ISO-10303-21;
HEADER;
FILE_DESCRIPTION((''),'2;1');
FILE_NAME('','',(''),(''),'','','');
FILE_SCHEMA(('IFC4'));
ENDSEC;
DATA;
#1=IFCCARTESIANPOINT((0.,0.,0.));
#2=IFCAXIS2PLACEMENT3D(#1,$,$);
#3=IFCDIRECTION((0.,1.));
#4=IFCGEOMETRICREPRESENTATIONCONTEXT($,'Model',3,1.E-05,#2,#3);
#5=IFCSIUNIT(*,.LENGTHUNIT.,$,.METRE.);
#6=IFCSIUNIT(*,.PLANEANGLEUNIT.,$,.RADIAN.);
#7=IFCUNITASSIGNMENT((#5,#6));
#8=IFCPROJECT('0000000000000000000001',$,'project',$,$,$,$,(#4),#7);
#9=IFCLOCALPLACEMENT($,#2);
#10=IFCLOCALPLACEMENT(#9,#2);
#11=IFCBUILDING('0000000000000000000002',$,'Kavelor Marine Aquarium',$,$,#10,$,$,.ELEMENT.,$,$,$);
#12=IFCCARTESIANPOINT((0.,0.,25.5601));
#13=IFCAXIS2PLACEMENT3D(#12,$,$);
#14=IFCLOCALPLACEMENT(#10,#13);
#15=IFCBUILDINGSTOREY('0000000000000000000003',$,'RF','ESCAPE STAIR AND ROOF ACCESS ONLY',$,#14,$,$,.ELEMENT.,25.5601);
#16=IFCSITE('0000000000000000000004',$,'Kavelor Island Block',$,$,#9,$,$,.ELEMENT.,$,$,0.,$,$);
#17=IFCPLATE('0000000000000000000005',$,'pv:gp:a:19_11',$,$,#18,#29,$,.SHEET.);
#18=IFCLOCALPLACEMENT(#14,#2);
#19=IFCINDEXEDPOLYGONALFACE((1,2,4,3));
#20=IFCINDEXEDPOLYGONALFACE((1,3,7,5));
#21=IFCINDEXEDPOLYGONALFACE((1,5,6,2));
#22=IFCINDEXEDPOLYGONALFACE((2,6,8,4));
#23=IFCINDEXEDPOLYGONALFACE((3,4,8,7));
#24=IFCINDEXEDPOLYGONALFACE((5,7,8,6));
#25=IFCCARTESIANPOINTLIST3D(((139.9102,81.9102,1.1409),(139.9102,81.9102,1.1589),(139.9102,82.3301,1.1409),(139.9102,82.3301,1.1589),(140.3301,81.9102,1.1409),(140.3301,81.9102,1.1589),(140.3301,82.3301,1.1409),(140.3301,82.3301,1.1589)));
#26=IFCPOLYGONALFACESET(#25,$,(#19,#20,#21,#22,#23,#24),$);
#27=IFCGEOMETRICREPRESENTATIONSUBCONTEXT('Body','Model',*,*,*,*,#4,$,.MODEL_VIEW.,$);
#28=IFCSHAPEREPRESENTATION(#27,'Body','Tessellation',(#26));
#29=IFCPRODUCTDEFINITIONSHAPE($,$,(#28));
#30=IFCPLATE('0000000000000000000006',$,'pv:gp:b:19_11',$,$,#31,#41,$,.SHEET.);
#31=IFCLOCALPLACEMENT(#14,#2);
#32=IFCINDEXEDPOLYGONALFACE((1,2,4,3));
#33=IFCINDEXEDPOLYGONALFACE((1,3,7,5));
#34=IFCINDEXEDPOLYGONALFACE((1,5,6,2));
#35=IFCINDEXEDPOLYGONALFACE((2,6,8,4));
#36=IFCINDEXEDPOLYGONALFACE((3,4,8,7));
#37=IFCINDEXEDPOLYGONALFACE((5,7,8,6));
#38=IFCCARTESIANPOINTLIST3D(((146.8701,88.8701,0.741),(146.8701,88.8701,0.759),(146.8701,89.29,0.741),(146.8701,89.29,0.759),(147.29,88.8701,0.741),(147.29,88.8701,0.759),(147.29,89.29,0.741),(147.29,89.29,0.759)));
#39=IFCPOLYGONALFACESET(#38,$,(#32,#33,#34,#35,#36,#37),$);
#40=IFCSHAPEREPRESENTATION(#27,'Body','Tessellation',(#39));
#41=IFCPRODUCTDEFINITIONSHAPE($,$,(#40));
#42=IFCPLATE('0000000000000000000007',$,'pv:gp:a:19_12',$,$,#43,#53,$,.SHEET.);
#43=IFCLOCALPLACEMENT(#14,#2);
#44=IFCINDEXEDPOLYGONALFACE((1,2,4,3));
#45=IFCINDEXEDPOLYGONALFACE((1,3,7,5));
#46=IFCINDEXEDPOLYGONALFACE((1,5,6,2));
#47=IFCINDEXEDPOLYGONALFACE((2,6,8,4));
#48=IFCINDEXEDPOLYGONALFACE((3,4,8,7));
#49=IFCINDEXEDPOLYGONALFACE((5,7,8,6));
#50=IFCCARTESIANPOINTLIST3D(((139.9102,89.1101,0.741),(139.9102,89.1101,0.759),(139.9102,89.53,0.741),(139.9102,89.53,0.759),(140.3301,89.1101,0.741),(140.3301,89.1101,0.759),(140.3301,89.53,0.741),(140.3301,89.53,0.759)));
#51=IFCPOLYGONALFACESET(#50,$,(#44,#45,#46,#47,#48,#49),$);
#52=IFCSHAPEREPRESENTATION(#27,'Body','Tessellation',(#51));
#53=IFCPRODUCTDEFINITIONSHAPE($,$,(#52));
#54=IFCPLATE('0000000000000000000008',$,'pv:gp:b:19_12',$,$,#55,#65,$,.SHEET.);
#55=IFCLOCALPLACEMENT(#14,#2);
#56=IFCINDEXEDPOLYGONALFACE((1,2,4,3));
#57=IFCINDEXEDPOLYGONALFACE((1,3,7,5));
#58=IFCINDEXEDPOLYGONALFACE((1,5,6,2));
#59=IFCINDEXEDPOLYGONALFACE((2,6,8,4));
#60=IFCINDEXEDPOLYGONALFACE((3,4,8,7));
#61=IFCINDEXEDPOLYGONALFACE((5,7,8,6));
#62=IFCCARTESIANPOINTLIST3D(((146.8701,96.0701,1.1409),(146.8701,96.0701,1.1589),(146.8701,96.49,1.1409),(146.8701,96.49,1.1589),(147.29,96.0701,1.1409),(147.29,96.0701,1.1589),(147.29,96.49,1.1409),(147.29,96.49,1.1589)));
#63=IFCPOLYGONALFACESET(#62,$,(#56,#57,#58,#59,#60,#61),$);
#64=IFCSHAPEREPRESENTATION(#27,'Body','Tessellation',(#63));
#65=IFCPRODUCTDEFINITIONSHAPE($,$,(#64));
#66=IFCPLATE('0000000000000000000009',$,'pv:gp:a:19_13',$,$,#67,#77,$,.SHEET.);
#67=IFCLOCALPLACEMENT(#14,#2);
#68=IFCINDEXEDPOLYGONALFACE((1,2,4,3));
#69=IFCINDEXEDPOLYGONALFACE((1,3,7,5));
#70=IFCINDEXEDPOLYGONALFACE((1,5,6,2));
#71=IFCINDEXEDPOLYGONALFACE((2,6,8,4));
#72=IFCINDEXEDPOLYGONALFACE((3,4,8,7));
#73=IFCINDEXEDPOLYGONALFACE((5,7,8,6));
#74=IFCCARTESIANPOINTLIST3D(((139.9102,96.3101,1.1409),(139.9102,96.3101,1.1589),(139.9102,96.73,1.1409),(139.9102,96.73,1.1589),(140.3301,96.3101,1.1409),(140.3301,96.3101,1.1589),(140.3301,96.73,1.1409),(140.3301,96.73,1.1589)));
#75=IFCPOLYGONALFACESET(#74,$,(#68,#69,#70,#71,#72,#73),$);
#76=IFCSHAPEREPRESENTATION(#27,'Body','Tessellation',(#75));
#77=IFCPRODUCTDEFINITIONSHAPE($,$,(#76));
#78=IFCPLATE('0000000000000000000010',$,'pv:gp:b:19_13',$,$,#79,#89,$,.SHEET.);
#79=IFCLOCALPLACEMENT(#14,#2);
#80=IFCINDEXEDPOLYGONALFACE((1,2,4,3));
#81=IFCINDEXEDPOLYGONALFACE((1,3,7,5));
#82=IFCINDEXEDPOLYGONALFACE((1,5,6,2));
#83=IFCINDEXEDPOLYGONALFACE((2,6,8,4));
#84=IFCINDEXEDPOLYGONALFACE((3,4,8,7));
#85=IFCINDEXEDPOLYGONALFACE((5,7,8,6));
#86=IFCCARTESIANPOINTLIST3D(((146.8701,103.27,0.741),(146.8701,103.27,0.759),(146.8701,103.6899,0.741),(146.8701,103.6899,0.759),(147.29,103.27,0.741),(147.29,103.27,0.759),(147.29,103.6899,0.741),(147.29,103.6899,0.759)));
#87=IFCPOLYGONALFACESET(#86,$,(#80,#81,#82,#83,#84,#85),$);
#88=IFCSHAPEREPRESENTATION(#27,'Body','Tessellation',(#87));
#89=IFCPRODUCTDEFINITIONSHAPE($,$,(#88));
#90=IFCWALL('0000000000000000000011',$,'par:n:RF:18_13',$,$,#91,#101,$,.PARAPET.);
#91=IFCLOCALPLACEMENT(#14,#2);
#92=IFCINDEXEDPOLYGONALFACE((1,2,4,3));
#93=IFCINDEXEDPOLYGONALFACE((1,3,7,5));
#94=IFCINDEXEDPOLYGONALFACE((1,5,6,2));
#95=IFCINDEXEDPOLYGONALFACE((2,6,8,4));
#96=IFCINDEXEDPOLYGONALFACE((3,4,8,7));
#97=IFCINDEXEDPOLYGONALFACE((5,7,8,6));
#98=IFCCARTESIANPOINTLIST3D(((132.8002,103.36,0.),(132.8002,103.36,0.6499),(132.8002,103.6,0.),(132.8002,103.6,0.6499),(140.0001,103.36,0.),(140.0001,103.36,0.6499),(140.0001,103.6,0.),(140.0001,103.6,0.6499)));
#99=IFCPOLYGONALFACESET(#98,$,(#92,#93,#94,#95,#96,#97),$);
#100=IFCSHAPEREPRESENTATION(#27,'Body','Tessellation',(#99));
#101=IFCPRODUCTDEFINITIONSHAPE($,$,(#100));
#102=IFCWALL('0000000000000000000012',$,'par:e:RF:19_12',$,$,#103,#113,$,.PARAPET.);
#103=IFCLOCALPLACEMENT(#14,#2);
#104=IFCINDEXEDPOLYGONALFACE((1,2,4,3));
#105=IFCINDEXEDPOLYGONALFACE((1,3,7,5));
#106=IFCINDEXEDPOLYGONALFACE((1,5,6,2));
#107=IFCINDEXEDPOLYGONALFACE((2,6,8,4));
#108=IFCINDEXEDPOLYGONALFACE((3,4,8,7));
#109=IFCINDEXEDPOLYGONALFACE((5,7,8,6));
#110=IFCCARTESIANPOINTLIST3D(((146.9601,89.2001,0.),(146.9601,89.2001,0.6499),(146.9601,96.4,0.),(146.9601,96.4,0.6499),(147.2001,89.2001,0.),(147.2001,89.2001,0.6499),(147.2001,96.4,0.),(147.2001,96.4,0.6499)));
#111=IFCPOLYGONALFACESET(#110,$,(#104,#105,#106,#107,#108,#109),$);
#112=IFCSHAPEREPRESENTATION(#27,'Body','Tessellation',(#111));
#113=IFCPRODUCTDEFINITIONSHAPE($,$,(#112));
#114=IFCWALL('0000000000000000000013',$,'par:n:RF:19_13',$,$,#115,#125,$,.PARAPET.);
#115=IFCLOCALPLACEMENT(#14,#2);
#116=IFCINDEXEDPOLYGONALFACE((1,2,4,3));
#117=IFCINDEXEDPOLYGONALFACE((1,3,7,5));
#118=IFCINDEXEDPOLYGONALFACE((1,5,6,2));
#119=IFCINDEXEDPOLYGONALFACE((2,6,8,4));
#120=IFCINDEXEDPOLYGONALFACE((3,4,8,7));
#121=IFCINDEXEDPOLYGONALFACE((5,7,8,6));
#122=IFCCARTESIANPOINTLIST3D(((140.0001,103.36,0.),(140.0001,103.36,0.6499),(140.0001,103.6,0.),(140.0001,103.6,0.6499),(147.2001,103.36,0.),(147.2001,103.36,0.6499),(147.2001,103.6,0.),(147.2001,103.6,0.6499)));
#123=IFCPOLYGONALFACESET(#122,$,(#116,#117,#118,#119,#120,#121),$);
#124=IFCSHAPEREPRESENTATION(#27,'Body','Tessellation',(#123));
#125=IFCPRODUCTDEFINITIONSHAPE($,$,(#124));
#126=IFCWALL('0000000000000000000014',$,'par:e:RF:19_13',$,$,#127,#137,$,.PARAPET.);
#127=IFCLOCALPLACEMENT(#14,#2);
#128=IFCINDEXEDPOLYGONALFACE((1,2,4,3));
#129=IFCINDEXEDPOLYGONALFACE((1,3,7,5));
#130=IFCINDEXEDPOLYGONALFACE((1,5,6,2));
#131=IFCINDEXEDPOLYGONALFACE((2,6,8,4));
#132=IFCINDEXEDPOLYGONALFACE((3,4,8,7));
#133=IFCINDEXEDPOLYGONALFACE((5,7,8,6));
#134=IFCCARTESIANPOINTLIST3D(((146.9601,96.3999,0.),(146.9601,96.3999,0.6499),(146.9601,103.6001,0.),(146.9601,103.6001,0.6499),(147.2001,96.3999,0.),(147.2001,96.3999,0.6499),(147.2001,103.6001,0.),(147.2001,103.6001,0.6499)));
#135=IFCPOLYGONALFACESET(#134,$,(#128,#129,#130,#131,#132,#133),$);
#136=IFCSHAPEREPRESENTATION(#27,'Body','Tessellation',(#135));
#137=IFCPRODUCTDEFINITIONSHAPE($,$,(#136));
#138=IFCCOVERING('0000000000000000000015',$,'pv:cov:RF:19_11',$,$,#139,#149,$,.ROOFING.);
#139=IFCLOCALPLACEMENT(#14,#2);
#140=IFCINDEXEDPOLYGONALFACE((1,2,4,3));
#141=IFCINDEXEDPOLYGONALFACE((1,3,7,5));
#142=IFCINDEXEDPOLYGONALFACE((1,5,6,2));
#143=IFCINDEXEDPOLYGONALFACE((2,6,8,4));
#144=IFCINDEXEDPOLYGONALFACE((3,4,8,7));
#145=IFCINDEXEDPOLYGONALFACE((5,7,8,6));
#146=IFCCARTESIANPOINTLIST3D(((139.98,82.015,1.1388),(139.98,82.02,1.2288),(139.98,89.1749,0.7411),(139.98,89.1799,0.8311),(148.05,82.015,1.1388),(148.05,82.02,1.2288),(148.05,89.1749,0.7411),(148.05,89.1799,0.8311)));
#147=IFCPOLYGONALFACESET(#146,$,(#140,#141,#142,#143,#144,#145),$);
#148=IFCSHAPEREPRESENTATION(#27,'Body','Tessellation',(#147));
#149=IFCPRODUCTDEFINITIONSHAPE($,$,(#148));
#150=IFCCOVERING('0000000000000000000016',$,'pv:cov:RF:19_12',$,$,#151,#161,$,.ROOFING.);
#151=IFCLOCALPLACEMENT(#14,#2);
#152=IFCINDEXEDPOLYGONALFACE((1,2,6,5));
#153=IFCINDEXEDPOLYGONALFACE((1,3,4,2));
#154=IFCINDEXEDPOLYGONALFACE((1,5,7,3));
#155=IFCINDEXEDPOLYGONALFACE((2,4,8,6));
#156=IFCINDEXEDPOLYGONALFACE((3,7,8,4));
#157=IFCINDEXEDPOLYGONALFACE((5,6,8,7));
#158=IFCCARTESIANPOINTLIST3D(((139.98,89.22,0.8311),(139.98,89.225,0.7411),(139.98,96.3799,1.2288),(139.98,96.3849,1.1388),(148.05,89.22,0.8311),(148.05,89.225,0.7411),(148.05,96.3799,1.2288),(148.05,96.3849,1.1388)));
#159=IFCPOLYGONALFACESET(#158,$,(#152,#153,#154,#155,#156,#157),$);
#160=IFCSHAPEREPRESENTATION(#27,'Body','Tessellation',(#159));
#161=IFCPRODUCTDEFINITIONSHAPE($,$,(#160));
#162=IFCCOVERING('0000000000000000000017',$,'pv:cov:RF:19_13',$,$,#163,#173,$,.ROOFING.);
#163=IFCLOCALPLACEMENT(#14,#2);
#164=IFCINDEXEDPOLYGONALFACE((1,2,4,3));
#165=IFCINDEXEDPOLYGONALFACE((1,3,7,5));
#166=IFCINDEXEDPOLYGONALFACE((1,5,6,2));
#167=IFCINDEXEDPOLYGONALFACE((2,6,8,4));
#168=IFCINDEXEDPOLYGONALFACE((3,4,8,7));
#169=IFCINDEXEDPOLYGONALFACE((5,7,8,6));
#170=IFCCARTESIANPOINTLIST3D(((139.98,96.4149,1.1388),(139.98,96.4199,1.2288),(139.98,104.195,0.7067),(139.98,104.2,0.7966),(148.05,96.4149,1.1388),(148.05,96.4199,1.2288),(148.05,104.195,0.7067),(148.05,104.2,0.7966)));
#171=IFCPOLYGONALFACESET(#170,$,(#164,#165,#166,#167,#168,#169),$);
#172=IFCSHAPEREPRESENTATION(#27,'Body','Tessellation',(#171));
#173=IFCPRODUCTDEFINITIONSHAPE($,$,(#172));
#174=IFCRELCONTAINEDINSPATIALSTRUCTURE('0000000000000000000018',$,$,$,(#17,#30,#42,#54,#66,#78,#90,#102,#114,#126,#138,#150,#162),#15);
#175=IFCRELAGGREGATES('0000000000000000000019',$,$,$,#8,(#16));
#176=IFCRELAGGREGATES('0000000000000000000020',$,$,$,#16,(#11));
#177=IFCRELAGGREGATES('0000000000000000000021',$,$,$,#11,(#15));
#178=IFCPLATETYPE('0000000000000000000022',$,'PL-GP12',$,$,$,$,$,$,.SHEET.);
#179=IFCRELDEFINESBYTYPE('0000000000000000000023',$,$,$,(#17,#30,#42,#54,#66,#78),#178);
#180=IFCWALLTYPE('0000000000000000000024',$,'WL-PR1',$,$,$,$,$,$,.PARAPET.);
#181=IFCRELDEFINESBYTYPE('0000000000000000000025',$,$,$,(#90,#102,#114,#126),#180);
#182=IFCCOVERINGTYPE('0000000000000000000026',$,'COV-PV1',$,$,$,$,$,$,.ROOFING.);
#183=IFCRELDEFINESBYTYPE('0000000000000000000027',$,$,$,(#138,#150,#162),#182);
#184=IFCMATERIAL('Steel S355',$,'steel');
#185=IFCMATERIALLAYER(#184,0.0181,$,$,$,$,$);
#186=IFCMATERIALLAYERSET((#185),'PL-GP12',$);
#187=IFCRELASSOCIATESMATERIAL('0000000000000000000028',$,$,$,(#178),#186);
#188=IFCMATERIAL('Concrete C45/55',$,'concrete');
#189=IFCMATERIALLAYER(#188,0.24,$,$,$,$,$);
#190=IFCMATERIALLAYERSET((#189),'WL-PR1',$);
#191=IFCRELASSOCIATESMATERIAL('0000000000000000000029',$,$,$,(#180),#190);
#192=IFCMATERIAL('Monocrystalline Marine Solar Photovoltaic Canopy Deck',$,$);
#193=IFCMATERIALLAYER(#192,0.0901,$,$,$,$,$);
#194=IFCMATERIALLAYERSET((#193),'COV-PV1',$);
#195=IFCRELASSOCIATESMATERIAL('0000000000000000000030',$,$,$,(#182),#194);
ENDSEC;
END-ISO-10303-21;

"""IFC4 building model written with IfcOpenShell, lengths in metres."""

from ifc_helpers import new_model, si_unit, direction, frame, frame_2d, origin, origin_2d, place, context, subcontext, project, spatial, polyline, rectangle, outline, extrude, material, layer, layer_set, type_object, element, save


model = new_model("IFC4")

# Units and contexts
model_context = context("Model", 3, precision=1e-05, world=origin(), true_north=direction((0.0, 1.0)))
body_context = subcontext(model_context, "Body", "Model", "MODEL_VIEW")
ifc_project = project(units=[si_unit("LENGTHUNIT", "METRE"), si_unit("PLANEANGLEUNIT", "RADIAN")], contexts=[model_context])

# Site, building, storey
site_placement = place(None, origin())
site = spatial("IfcSite", under=ifc_project, at=site_placement, Name="Kavelor Island Block", CompositionType="ELEMENT", RefElevation=0.0)
building_placement = place(site_placement, origin())
building = spatial("IfcBuilding", under=site, at=building_placement, Name="Kavelor Marine Aquarium", CompositionType="ELEMENT")
storey_placement = place(building_placement, frame((0.0, 0.0, 25.5601)))
storey = spatial("IfcBuildingStorey", under=building, at=storey_placement, Name="RF", Description="ESCAPE STAIR AND ROOF ACCESS ONLY", CompositionType="ELEMENT", Elevation=25.5601)

# Plates
ifc_material_1 = material(Name="Steel S355", Category="steel")
ifc_layer_1 = layer(ifc_material_1, 0.0181)
ifc_layer_set_1 = layer_set([ifc_layer_1], Name="PL-GP12")
plate_type = type_object("IfcPlateType", Name="PL-GP12", PredefinedType="SHEET", material=ifc_layer_set_1)
for number, where, z_axis, x_axis, name in (
    (1, (140.1201, 82.1201, 1.1409), (0.0, 0.0, 1.0), (1.0, 0.0, 0.0), "pv:gp:a:19_11"),
    (2, (147.0801, 89.0801, 0.741), (0.0, 0.0, 1.0), (1.0, 0.0, 0.0), "pv:gp:b:19_11"),
    (3, (140.1201, 89.3201, 0.741), (0.0, 0.0, 1.0), (1.0, 0.0, 0.0), "pv:gp:a:19_12"),
    (4, (147.0801, 96.28, 1.1409), (0.0, 0.0, 1.0), (1.0, 0.0, 0.0), "pv:gp:b:19_12"),
    (5, (140.1201, 96.52, 1.1409), (0.0, 0.0, 1.0), (1.0, 0.0, 0.0), "pv:gp:a:19_13"),
    (6, (147.0801, 103.48, 0.741), (0.0, 0.0, 1.0), (1.0, 0.0, 0.0), "pv:gp:b:19_13"),
):
    element("IfcPlate", number, at=place(storey_placement, frame(where, z_axis=z_axis, x_axis=x_axis)), inside=storey, type_object=plate_type, Name=name, PredefinedType="SHEET", context=body_context, shape_type="SweptSolid", body=[
        extrude(rectangle(XDim=0.4199, YDim=0.4199, at=origin_2d()), origin(), (0.0, 0.0, 1.0), 0.0181),
    ])

# Walls
ifc_material_2 = material(Name="Concrete C45/55", Category="concrete")
ifc_layer_2 = layer(ifc_material_2, 0.24)
ifc_layer_set_2 = layer_set([ifc_layer_2], Name="WL-PR1")
wall_type = type_object("IfcWallType", Name="WL-PR1", PredefinedType="PARAPET", material=ifc_layer_set_2)
for number, where, z_axis, x_axis, name in (
    (7, (132.8, 103.48, 0.0), (0.0, 0.0, 1.0), (1.0, 0.0, 0.0), "par:n:RF:18_13"),
    (8, (147.0801, 89.2, 0.0), (0.0, 0.0, 1.0), (0.0, 1.0, 0.0), "par:e:RF:19_12"),
    (9, (140.0, 103.48, 0.0), (0.0, 0.0, 1.0), (1.0, 0.0, 0.0), "par:n:RF:19_13"),
):
    element("IfcWall", number, at=place(storey_placement, frame(where, z_axis=z_axis, x_axis=x_axis)), inside=storey, type_object=wall_type, Name=name, PredefinedType="PARAPET", context=body_context, shape_type="SweptSolid", body=[
        extrude(rectangle(XDim=7.2, YDim=0.24, at=frame_2d((3.6001, 0.0))), origin(), (0.0, 0.0, 1.0), 0.6499),
    ])
wall_placement = place(storey_placement, frame((147.0801, 96.3999, 0.0), z_axis=(0.0, 0.0, 1.0), x_axis=(0.0, 1.0, 0.0)))
element("IfcWall", 10, at=wall_placement, inside=storey, type_object=wall_type, Name="par:e:RF:19_13", PredefinedType="PARAPET", context=body_context, shape_type="SweptSolid", body=[
    extrude(rectangle(XDim=7.2002, YDim=0.24, at=frame_2d((3.6001, 0.0))), origin(), (0.0, 0.0, 1.0), 0.6499),
])

# Coverings
ifc_material_3 = material(Name="Monocrystalline Marine Solar Photovoltaic Canopy Deck")
ifc_layer_3 = layer(ifc_material_3, 0.0901)
ifc_layer_set_3 = layer_set([ifc_layer_3], Name="COV-PV1")
covering_type = type_object("IfcCoveringType", Name="COV-PV1", PredefinedType="ROOFING", material=ifc_layer_set_3)
for number, where, z_axis, x_axis, name in (
    (11, (139.98, 82.02, 1.2288), (0.0, 0.055461, 0.998461), (1.0, 0.0, 0.0), "pv:cov:RF:19_11"),
    (12, (139.98, 89.22, 0.8311), (0.0, -0.055461, 0.998461), (1.0, 0.0, 0.0), "pv:cov:RF:19_12"),
):
    element("IfcCovering", number, at=place(storey_placement, frame(where, z_axis=z_axis, x_axis=x_axis)), inside=storey, type_object=covering_type, Name=name, PredefinedType="ROOFING", context=body_context, shape_type="SweptSolid", body=[
        extrude(outline(polyline([(0.0, 0.0), (8.0701, 0.0), (8.0701, 7.1709), (0.0, 7.1709), (0.0, 0.0)])), origin(), (0.0, 0.0, -1.0), 0.0901),
    ])
covering_placement = place(storey_placement, frame((139.98, 96.4199, 1.2288), z_axis=(0.0, 0.055458, 0.998461), x_axis=(1.0, 0.0, 0.0)))
element("IfcCovering", 13, at=covering_placement, inside=storey, type_object=covering_type, Name="pv:cov:RF:19_13", PredefinedType="ROOFING", context=body_context, shape_type="SweptSolid", body=[
    extrude(outline(polyline([(0.0, 0.0), (8.0701, 0.0), (8.0701, 7.792), (0.0, 7.792), (0.0, 0.0)])), origin(), (0.0, 0.0, -1.0), 0.0901),
])

save(model, "model.ifc")
